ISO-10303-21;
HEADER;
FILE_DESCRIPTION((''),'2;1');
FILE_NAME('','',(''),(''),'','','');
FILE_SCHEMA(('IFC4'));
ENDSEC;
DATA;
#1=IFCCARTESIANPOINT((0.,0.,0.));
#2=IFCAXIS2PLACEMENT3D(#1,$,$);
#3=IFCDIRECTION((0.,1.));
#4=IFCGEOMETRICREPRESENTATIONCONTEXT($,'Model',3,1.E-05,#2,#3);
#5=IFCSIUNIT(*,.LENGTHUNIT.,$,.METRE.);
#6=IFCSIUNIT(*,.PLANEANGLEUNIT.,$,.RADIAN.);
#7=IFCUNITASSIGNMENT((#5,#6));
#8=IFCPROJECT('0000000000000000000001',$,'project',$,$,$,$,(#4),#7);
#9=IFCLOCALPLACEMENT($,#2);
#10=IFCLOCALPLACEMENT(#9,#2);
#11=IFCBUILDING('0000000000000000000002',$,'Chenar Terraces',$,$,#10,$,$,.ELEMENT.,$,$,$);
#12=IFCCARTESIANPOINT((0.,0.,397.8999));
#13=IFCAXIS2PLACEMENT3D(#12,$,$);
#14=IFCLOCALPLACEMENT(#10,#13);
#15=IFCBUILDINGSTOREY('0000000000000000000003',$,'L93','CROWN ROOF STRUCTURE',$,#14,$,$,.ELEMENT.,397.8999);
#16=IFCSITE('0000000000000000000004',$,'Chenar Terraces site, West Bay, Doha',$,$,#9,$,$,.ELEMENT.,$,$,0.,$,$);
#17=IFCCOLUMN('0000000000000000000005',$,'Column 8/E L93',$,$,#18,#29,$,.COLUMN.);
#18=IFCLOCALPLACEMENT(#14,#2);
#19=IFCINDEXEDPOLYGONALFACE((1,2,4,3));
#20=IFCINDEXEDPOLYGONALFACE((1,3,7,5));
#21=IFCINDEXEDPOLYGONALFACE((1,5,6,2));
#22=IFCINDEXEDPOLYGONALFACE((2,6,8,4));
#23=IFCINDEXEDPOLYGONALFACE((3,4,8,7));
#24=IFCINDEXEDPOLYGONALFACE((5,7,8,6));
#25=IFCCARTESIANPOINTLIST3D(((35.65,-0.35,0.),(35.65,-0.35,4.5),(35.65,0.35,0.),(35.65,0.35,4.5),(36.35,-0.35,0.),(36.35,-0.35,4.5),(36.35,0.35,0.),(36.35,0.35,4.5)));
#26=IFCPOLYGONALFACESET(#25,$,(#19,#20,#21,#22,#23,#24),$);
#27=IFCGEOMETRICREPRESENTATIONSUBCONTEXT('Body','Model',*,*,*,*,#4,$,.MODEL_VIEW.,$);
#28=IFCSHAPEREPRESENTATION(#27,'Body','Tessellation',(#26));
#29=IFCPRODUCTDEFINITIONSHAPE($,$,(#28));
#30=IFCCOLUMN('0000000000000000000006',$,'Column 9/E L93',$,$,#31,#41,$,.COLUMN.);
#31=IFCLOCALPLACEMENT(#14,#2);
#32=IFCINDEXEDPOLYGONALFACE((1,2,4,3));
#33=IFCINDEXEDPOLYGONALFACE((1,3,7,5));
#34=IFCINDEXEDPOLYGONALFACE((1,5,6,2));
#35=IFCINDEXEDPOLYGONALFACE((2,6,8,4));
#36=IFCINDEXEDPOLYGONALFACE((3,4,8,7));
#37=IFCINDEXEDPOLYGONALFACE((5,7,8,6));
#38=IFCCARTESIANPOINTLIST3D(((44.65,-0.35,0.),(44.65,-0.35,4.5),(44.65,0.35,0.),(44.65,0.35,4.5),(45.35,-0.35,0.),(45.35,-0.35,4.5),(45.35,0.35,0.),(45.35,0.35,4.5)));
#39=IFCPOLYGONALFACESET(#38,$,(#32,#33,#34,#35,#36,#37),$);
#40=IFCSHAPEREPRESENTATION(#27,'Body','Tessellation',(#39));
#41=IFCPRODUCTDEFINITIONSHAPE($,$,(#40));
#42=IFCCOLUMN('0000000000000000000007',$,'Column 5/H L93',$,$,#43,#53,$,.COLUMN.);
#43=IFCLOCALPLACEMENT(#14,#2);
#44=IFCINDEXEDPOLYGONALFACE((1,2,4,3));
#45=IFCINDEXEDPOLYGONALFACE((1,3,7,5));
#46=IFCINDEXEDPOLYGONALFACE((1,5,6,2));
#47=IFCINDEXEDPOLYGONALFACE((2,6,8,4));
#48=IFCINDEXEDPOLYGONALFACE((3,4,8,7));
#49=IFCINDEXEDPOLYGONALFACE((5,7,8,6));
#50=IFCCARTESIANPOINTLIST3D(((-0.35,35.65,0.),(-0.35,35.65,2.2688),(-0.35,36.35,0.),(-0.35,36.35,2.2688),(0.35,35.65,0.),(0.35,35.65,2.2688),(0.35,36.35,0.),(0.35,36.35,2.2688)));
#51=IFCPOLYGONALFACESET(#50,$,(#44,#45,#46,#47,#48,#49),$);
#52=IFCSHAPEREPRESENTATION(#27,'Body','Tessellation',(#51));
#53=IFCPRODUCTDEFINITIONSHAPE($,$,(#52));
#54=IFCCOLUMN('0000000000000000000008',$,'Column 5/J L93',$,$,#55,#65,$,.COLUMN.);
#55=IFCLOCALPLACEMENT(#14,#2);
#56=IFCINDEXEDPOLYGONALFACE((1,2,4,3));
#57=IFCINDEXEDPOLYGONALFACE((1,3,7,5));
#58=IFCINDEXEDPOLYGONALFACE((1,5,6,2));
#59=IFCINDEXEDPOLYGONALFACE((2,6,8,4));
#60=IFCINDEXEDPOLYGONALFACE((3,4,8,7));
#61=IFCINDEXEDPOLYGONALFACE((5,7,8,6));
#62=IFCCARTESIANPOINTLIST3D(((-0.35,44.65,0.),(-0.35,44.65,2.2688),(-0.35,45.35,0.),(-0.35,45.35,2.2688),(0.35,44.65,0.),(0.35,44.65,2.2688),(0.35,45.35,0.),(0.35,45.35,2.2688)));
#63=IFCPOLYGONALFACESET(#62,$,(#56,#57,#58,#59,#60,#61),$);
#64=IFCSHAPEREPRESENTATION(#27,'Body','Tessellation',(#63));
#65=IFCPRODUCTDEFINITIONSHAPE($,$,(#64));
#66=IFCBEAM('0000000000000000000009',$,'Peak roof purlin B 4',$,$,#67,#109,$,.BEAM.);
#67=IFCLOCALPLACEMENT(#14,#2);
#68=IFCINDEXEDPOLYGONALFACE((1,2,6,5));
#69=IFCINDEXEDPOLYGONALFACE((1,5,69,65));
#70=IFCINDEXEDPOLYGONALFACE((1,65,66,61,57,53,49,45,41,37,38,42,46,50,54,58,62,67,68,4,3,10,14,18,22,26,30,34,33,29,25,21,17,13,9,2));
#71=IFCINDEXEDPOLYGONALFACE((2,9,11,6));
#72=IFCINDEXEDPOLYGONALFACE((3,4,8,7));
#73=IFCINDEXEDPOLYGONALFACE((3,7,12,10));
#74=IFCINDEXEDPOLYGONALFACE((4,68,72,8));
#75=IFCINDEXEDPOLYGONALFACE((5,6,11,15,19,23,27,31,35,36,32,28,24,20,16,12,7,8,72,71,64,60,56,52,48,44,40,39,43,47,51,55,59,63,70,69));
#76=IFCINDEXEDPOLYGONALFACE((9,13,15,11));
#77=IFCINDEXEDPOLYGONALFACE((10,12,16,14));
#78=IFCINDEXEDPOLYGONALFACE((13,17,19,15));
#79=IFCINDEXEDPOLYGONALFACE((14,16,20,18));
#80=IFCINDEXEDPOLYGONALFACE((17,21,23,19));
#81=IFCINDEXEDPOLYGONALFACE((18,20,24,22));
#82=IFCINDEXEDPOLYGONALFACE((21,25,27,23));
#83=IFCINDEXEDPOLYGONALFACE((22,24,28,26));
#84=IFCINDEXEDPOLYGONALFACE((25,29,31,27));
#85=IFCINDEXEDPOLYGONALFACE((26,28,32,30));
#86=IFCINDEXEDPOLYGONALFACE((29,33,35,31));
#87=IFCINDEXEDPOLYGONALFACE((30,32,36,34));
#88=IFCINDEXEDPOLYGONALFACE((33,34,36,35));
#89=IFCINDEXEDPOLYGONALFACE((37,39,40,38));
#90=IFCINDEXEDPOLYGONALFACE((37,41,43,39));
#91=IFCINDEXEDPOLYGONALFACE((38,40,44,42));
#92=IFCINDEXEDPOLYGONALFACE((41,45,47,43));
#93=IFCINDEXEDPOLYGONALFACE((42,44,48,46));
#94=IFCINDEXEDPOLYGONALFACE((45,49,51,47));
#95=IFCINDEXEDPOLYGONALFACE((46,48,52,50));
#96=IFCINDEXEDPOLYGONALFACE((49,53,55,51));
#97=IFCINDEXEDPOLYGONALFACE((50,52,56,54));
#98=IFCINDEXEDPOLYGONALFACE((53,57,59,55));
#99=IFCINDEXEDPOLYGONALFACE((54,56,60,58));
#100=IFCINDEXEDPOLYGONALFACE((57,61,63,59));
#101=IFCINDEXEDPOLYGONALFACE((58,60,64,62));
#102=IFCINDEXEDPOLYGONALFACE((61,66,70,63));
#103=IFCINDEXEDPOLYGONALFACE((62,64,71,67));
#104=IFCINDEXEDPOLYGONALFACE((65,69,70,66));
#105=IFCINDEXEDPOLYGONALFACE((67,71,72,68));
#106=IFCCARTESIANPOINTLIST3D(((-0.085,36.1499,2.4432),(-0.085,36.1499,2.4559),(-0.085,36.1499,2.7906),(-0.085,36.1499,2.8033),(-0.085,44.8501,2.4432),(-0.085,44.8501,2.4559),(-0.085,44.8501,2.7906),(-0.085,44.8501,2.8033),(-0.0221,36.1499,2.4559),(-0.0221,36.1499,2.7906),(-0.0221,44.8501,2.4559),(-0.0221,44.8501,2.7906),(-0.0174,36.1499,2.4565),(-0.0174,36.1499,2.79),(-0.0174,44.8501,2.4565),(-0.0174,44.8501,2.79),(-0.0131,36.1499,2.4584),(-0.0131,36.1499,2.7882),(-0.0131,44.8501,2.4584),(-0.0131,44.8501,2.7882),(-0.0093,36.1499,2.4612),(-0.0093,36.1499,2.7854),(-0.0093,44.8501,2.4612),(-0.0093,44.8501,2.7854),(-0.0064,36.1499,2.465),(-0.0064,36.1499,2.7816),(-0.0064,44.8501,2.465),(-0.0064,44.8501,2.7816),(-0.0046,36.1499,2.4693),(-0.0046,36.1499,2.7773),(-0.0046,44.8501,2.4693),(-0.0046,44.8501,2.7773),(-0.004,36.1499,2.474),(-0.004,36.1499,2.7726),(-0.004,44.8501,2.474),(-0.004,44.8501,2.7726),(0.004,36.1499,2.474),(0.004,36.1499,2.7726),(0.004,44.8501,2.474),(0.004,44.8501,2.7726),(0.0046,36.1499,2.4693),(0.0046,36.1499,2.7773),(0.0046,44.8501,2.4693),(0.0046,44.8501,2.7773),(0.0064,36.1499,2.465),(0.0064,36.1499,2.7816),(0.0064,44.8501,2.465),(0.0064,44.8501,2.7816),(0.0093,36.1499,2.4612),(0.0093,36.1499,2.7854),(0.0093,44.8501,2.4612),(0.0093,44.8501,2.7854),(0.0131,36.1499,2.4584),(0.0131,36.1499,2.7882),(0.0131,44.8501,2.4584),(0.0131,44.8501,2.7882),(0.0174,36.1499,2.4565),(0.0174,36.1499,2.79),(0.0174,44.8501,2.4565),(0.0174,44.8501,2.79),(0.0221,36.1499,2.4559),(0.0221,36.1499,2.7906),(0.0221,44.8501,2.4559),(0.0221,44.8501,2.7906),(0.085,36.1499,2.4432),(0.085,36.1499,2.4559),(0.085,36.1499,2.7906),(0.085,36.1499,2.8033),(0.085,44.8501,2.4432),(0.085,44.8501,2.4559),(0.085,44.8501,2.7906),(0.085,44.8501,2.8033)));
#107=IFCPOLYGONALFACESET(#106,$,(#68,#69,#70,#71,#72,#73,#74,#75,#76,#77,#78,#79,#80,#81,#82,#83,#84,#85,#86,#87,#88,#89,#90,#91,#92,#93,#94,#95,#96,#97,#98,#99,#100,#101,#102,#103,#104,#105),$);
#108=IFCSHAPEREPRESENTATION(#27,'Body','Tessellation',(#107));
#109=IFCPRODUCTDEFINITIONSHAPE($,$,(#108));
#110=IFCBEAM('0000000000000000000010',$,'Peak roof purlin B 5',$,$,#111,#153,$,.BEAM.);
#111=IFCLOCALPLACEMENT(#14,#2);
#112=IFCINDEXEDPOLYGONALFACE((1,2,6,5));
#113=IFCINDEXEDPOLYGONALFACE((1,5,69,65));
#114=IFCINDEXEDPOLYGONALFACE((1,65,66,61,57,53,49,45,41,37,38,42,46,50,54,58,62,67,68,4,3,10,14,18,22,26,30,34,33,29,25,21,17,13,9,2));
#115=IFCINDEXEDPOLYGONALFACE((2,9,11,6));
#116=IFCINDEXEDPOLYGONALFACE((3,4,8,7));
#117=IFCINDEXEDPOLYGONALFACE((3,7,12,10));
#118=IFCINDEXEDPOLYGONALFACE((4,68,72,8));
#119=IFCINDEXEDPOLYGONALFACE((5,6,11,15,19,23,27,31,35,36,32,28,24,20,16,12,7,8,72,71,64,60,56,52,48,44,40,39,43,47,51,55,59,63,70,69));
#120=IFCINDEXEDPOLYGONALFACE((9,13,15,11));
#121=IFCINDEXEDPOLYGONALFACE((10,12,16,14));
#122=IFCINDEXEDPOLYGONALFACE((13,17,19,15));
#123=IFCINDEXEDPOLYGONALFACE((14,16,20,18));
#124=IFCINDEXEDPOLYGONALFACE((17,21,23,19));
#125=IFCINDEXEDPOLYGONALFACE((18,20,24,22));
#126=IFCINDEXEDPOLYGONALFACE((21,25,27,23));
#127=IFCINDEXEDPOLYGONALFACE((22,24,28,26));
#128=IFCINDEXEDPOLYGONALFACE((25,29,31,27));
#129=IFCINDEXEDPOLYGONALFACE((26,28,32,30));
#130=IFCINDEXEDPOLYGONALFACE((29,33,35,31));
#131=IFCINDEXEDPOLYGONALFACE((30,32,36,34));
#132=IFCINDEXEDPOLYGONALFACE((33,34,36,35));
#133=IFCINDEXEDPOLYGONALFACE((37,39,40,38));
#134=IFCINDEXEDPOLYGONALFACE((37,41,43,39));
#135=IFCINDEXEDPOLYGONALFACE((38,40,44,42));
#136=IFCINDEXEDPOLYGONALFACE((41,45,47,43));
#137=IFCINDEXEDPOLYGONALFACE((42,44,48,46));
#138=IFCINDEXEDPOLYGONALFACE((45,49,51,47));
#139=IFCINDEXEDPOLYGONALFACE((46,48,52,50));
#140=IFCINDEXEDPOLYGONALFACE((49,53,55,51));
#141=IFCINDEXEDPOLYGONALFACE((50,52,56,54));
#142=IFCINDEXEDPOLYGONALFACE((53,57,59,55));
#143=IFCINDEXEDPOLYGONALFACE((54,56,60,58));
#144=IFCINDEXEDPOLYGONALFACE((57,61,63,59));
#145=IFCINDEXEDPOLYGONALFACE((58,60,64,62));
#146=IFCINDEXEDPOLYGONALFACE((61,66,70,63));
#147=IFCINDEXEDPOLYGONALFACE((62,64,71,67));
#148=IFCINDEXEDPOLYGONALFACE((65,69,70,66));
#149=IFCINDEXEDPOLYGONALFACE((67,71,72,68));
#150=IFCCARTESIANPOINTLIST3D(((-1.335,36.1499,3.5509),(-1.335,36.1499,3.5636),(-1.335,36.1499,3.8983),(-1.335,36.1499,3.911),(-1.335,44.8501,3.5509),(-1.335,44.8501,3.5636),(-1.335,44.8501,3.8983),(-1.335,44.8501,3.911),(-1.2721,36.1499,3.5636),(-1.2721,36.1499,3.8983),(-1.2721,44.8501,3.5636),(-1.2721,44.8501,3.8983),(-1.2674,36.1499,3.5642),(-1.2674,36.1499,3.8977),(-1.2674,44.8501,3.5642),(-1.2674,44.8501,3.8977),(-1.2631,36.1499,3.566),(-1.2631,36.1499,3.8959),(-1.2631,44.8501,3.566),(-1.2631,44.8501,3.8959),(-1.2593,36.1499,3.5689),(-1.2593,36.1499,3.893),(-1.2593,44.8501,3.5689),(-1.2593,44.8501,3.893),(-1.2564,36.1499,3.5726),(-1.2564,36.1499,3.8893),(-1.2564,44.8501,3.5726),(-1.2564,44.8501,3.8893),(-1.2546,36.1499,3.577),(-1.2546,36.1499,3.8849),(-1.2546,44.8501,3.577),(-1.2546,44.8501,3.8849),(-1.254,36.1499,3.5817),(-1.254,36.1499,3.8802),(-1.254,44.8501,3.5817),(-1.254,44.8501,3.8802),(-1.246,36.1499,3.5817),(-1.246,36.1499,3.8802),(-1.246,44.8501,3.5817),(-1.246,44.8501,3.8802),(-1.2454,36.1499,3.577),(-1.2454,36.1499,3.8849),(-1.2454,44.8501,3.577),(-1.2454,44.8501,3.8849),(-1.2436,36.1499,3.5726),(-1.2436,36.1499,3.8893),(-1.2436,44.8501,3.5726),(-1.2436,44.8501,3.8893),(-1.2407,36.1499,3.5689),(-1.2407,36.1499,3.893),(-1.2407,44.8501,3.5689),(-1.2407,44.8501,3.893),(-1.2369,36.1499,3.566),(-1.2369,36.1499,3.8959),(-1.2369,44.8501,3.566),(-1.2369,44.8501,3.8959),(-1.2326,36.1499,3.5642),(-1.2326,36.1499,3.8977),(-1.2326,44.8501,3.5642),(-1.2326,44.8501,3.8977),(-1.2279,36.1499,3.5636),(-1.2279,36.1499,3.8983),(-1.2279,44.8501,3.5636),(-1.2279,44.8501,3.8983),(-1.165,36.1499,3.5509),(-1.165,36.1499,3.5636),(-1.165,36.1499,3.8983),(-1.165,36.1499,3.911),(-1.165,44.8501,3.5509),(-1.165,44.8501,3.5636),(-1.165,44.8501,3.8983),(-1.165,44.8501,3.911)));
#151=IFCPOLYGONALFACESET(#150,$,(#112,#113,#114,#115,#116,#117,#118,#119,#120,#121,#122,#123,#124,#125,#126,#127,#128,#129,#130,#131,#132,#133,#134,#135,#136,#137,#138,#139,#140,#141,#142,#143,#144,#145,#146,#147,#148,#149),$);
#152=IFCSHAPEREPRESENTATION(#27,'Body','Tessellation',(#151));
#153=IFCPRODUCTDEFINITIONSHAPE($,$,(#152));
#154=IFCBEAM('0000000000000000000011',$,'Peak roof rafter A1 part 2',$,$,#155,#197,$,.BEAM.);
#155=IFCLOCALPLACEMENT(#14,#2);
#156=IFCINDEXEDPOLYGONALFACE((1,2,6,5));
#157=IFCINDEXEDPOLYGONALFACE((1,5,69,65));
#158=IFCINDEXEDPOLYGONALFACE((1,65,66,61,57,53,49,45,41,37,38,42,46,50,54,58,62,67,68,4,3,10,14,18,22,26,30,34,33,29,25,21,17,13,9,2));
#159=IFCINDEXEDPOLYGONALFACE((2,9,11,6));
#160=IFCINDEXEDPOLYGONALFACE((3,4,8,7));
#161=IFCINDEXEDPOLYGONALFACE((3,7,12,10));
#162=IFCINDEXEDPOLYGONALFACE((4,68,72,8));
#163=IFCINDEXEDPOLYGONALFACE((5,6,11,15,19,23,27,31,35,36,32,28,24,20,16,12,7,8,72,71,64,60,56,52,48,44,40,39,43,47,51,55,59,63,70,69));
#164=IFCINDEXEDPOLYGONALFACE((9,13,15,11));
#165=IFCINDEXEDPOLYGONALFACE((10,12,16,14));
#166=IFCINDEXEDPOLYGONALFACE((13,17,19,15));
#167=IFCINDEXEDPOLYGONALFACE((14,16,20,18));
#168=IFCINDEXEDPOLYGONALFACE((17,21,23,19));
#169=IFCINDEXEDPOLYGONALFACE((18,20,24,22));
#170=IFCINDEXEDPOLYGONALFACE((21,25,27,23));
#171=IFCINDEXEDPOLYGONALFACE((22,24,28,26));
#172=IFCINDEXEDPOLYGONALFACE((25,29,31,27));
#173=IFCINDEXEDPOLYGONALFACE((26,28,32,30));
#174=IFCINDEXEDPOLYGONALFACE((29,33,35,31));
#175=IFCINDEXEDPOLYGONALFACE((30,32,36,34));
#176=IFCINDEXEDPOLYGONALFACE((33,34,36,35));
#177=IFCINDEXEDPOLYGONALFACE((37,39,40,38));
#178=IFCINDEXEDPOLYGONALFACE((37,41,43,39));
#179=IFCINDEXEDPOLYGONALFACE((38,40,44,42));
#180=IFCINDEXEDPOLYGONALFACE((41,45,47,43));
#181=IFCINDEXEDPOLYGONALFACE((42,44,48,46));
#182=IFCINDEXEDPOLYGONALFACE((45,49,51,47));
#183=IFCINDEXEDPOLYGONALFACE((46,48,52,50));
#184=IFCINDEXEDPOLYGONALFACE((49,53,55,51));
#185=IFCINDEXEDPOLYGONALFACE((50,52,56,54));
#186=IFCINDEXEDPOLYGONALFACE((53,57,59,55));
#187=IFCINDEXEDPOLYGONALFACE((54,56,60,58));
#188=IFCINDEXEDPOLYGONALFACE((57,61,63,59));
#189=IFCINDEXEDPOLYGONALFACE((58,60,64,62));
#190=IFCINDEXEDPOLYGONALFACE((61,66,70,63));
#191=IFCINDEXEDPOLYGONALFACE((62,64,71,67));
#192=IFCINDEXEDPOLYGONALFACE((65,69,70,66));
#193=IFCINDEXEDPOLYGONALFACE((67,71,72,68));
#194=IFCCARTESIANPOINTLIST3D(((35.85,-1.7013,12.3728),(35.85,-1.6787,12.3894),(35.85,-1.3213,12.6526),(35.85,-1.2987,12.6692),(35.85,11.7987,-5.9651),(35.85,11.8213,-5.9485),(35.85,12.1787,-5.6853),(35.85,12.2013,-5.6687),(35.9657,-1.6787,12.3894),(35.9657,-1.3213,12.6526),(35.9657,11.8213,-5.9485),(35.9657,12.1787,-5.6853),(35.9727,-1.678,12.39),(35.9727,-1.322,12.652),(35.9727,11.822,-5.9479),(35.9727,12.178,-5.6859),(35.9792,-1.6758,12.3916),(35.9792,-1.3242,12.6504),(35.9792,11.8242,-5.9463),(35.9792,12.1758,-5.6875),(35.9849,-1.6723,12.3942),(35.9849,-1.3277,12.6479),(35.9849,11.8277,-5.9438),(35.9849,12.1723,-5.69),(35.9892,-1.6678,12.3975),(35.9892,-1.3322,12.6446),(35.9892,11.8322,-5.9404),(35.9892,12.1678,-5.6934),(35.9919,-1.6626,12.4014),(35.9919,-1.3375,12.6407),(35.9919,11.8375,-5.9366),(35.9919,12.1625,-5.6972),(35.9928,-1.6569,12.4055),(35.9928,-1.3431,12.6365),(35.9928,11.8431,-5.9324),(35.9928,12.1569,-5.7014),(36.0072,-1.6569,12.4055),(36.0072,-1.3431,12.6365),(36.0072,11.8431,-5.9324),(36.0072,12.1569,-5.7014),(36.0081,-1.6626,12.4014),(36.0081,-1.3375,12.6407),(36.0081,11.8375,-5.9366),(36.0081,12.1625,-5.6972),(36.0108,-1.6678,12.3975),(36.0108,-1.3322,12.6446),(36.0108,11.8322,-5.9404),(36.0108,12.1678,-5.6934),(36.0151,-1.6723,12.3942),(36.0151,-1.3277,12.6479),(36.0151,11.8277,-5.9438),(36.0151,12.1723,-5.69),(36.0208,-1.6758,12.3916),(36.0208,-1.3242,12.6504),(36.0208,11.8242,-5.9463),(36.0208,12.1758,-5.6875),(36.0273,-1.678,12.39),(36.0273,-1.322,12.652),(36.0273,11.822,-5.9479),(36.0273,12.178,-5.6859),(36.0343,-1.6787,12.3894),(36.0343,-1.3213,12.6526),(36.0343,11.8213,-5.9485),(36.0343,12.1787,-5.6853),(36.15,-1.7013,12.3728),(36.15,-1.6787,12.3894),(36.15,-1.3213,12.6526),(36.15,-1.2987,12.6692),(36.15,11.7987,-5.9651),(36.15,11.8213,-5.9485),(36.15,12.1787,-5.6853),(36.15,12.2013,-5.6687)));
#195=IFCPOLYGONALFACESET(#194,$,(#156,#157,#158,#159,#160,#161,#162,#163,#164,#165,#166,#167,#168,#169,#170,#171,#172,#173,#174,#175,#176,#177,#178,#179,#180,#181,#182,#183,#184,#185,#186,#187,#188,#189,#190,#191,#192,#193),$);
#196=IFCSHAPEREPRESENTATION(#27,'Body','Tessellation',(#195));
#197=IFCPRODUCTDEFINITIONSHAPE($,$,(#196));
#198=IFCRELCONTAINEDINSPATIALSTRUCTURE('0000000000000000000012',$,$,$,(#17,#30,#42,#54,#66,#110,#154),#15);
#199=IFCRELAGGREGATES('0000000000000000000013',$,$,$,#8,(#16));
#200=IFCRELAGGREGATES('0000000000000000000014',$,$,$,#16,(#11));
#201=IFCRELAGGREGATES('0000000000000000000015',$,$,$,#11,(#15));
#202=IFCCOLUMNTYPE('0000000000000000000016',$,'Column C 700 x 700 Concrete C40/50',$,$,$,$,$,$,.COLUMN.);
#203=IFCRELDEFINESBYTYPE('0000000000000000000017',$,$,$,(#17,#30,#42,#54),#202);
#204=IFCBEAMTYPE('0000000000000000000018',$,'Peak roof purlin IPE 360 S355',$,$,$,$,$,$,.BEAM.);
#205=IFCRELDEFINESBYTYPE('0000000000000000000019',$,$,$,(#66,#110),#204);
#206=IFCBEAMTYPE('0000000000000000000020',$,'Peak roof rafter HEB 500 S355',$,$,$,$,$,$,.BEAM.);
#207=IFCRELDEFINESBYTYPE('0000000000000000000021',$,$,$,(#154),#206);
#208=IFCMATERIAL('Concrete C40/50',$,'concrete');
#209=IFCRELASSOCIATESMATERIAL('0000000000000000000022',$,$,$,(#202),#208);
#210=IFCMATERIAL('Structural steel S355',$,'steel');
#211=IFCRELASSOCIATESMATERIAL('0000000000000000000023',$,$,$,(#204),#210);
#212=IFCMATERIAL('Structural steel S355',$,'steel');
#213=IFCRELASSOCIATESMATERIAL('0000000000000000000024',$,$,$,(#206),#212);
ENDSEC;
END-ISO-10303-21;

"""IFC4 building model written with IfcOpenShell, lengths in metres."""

from ifc_helpers import new_model, si_unit, direction, frame, origin, origin_2d, place, context, subcontext, project, spatial, rectangle, i_section, extrude, material, material_profile, profile_set, type_object, element, save


model = new_model("IFC4")

# Units and contexts
model_context = context("Model", 3, precision=1e-05, world=origin(), true_north=direction((0.0, 1.0)))
body_context = subcontext(model_context, "Body", "Model", "MODEL_VIEW")
ifc_project = project(units=[si_unit("LENGTHUNIT", "METRE"), si_unit("PLANEANGLEUNIT", "RADIAN")], contexts=[model_context])

# Site, building, storey
site_placement = place(None, origin())
site = spatial("IfcSite", under=ifc_project, at=site_placement, Name="Chenar Terraces site, West Bay, Doha", CompositionType="ELEMENT", RefElevation=0.0)
building_placement = place(site_placement, origin())
building = spatial("IfcBuilding", under=site, at=building_placement, Name="Chenar Terraces", CompositionType="ELEMENT")
storey_placement = place(building_placement, frame((0.0, 0.0, 397.8999)))
storey = spatial("IfcBuildingStorey", under=building, at=storey_placement, Name="L93", Description="CROWN ROOF STRUCTURE", CompositionType="ELEMENT", Elevation=397.8999)

# Columns
ifc_material_1 = material(Name="Concrete C40/50", Category="concrete")
ifc_material_profile_1 = material_profile(ifc_material_1, rectangle(XDim=0.7, YDim=0.7, at=origin_2d()), Name="C 700 x 700")
ifc_profile_set_1 = profile_set([ifc_material_profile_1], Name="Concrete C40/50")
column_type = type_object("IfcColumnType", Name="Column C 700 x 700 Concrete C40/50", PredefinedType="COLUMN", material=ifc_profile_set_1)
for number, where, z_axis, x_axis, name in (
    (1, (36.0, 0.0, 0.0), (0.0, 0.0, 1.0), (1.0, 0.0, 0.0), "Column 8/E L93"),
    (2, (45.0, 0.0, 0.0), (0.0, 0.0, 1.0), (1.0, 0.0, 0.0), "Column 9/E L93"),
):
    element("IfcColumn", number, at=place(storey_placement, frame(where, z_axis=z_axis, x_axis=x_axis)), inside=storey, type_object=column_type, Name=name, PredefinedType="COLUMN", context=body_context, shape_type="SweptSolid", body=[
        extrude(rectangle(XDim=0.7, YDim=0.7, at=origin_2d()), origin(), (0.0, 0.0, 1.0), 4.5),
    ])
for number, where, z_axis, x_axis, name in (
    (3, (0.0, 36.0, 0.0), (0.0, 0.0, 1.0), (1.0, 0.0, 0.0), "Column 5/H L93"),
    (4, (0.0, 45.0, 0.0), (0.0, 0.0, 1.0), (1.0, 0.0, 0.0), "Column 5/J L93"),
):
    element("IfcColumn", number, at=place(storey_placement, frame(where, z_axis=z_axis, x_axis=x_axis)), inside=storey, type_object=column_type, Name=name, PredefinedType="COLUMN", context=body_context, shape_type="SweptSolid", body=[
        extrude(rectangle(XDim=0.7, YDim=0.7, at=origin_2d()), origin(), (0.0, 0.0, 1.0), 2.2688),
    ])

# Beams
ifc_material_2 = material(Name="Structural steel S355", Category="steel")
ifc_material_profile_2 = material_profile(ifc_material_2, i_section(OverallWidth=0.1699, OverallDepth=0.3601, WebThickness=0.0081, FlangeThickness=0.0127, FilletRadius=0.0181, at=origin_2d()), Name="IPE 360")
ifc_profile_set_2 = profile_set([ifc_material_profile_2], Name="Structural steel S355")
beam_type_1 = type_object("IfcBeamType", Name="Peak roof purlin IPE 360 S355", PredefinedType="BEAM", material=ifc_profile_set_2)
for number, where, z_axis, x_axis, name in (
    (5, (0.0, 36.1499, 2.6233), (0.0, 1.0, 0.0), (-1.0, 0.0, 0.0), "Peak roof purlin B 4"),
    (6, (-1.25, 36.1499, 3.731), (0.0, 1.0, 0.0), (-1.0, 0.0, 0.0), "Peak roof purlin B 5"),
):
    element("IfcBeam", number, at=place(storey_placement, frame(where, z_axis=z_axis, x_axis=x_axis)), inside=storey, type_object=beam_type_1, Name=name, PredefinedType="BEAM", context=body_context, shape_type="SweptSolid", body=[
        extrude(i_section(OverallWidth=0.1699, OverallDepth=0.3601, WebThickness=0.0081, FlangeThickness=0.0127, FilletRadius=0.0181, at=origin_2d()), origin(), (0.0, 0.0, 1.0), 8.7002),
    ])
ifc_material_3 = material(Name="Structural steel S355", Category="steel")
ifc_material_profile_3 = material_profile(ifc_material_3, i_section(OverallWidth=0.3, OverallDepth=0.5, WebThickness=0.0144, FlangeThickness=0.0281, FilletRadius=0.0271, at=origin_2d()), Name="HEB 500")
ifc_profile_set_3 = profile_set([ifc_material_profile_3], Name="Structural steel S355")
beam_type_2 = type_object("IfcBeamType", Name="Peak roof rafter HEB 500 S355", PredefinedType="BEAM", material=ifc_profile_set_3)
beam_placement = place(storey_placement, frame((36.0, 12.0, -5.8169), z_axis=(0.0, -0.592854, 0.80531), x_axis=(1.0, 0.0, 0.0)))
element("IfcBeam", 7, at=beam_placement, inside=storey, type_object=beam_type_2, Name="Peak roof rafter A1 part 2", PredefinedType="BEAM", context=body_context, shape_type="SweptSolid", body=[
    extrude(i_section(OverallWidth=0.3, OverallDepth=0.5, WebThickness=0.0144, FlangeThickness=0.0281, FilletRadius=0.0271, at=origin_2d()), origin(), (0.0, 0.0, 1.0), 22.7712),
])

save(model, "model.ifc")
